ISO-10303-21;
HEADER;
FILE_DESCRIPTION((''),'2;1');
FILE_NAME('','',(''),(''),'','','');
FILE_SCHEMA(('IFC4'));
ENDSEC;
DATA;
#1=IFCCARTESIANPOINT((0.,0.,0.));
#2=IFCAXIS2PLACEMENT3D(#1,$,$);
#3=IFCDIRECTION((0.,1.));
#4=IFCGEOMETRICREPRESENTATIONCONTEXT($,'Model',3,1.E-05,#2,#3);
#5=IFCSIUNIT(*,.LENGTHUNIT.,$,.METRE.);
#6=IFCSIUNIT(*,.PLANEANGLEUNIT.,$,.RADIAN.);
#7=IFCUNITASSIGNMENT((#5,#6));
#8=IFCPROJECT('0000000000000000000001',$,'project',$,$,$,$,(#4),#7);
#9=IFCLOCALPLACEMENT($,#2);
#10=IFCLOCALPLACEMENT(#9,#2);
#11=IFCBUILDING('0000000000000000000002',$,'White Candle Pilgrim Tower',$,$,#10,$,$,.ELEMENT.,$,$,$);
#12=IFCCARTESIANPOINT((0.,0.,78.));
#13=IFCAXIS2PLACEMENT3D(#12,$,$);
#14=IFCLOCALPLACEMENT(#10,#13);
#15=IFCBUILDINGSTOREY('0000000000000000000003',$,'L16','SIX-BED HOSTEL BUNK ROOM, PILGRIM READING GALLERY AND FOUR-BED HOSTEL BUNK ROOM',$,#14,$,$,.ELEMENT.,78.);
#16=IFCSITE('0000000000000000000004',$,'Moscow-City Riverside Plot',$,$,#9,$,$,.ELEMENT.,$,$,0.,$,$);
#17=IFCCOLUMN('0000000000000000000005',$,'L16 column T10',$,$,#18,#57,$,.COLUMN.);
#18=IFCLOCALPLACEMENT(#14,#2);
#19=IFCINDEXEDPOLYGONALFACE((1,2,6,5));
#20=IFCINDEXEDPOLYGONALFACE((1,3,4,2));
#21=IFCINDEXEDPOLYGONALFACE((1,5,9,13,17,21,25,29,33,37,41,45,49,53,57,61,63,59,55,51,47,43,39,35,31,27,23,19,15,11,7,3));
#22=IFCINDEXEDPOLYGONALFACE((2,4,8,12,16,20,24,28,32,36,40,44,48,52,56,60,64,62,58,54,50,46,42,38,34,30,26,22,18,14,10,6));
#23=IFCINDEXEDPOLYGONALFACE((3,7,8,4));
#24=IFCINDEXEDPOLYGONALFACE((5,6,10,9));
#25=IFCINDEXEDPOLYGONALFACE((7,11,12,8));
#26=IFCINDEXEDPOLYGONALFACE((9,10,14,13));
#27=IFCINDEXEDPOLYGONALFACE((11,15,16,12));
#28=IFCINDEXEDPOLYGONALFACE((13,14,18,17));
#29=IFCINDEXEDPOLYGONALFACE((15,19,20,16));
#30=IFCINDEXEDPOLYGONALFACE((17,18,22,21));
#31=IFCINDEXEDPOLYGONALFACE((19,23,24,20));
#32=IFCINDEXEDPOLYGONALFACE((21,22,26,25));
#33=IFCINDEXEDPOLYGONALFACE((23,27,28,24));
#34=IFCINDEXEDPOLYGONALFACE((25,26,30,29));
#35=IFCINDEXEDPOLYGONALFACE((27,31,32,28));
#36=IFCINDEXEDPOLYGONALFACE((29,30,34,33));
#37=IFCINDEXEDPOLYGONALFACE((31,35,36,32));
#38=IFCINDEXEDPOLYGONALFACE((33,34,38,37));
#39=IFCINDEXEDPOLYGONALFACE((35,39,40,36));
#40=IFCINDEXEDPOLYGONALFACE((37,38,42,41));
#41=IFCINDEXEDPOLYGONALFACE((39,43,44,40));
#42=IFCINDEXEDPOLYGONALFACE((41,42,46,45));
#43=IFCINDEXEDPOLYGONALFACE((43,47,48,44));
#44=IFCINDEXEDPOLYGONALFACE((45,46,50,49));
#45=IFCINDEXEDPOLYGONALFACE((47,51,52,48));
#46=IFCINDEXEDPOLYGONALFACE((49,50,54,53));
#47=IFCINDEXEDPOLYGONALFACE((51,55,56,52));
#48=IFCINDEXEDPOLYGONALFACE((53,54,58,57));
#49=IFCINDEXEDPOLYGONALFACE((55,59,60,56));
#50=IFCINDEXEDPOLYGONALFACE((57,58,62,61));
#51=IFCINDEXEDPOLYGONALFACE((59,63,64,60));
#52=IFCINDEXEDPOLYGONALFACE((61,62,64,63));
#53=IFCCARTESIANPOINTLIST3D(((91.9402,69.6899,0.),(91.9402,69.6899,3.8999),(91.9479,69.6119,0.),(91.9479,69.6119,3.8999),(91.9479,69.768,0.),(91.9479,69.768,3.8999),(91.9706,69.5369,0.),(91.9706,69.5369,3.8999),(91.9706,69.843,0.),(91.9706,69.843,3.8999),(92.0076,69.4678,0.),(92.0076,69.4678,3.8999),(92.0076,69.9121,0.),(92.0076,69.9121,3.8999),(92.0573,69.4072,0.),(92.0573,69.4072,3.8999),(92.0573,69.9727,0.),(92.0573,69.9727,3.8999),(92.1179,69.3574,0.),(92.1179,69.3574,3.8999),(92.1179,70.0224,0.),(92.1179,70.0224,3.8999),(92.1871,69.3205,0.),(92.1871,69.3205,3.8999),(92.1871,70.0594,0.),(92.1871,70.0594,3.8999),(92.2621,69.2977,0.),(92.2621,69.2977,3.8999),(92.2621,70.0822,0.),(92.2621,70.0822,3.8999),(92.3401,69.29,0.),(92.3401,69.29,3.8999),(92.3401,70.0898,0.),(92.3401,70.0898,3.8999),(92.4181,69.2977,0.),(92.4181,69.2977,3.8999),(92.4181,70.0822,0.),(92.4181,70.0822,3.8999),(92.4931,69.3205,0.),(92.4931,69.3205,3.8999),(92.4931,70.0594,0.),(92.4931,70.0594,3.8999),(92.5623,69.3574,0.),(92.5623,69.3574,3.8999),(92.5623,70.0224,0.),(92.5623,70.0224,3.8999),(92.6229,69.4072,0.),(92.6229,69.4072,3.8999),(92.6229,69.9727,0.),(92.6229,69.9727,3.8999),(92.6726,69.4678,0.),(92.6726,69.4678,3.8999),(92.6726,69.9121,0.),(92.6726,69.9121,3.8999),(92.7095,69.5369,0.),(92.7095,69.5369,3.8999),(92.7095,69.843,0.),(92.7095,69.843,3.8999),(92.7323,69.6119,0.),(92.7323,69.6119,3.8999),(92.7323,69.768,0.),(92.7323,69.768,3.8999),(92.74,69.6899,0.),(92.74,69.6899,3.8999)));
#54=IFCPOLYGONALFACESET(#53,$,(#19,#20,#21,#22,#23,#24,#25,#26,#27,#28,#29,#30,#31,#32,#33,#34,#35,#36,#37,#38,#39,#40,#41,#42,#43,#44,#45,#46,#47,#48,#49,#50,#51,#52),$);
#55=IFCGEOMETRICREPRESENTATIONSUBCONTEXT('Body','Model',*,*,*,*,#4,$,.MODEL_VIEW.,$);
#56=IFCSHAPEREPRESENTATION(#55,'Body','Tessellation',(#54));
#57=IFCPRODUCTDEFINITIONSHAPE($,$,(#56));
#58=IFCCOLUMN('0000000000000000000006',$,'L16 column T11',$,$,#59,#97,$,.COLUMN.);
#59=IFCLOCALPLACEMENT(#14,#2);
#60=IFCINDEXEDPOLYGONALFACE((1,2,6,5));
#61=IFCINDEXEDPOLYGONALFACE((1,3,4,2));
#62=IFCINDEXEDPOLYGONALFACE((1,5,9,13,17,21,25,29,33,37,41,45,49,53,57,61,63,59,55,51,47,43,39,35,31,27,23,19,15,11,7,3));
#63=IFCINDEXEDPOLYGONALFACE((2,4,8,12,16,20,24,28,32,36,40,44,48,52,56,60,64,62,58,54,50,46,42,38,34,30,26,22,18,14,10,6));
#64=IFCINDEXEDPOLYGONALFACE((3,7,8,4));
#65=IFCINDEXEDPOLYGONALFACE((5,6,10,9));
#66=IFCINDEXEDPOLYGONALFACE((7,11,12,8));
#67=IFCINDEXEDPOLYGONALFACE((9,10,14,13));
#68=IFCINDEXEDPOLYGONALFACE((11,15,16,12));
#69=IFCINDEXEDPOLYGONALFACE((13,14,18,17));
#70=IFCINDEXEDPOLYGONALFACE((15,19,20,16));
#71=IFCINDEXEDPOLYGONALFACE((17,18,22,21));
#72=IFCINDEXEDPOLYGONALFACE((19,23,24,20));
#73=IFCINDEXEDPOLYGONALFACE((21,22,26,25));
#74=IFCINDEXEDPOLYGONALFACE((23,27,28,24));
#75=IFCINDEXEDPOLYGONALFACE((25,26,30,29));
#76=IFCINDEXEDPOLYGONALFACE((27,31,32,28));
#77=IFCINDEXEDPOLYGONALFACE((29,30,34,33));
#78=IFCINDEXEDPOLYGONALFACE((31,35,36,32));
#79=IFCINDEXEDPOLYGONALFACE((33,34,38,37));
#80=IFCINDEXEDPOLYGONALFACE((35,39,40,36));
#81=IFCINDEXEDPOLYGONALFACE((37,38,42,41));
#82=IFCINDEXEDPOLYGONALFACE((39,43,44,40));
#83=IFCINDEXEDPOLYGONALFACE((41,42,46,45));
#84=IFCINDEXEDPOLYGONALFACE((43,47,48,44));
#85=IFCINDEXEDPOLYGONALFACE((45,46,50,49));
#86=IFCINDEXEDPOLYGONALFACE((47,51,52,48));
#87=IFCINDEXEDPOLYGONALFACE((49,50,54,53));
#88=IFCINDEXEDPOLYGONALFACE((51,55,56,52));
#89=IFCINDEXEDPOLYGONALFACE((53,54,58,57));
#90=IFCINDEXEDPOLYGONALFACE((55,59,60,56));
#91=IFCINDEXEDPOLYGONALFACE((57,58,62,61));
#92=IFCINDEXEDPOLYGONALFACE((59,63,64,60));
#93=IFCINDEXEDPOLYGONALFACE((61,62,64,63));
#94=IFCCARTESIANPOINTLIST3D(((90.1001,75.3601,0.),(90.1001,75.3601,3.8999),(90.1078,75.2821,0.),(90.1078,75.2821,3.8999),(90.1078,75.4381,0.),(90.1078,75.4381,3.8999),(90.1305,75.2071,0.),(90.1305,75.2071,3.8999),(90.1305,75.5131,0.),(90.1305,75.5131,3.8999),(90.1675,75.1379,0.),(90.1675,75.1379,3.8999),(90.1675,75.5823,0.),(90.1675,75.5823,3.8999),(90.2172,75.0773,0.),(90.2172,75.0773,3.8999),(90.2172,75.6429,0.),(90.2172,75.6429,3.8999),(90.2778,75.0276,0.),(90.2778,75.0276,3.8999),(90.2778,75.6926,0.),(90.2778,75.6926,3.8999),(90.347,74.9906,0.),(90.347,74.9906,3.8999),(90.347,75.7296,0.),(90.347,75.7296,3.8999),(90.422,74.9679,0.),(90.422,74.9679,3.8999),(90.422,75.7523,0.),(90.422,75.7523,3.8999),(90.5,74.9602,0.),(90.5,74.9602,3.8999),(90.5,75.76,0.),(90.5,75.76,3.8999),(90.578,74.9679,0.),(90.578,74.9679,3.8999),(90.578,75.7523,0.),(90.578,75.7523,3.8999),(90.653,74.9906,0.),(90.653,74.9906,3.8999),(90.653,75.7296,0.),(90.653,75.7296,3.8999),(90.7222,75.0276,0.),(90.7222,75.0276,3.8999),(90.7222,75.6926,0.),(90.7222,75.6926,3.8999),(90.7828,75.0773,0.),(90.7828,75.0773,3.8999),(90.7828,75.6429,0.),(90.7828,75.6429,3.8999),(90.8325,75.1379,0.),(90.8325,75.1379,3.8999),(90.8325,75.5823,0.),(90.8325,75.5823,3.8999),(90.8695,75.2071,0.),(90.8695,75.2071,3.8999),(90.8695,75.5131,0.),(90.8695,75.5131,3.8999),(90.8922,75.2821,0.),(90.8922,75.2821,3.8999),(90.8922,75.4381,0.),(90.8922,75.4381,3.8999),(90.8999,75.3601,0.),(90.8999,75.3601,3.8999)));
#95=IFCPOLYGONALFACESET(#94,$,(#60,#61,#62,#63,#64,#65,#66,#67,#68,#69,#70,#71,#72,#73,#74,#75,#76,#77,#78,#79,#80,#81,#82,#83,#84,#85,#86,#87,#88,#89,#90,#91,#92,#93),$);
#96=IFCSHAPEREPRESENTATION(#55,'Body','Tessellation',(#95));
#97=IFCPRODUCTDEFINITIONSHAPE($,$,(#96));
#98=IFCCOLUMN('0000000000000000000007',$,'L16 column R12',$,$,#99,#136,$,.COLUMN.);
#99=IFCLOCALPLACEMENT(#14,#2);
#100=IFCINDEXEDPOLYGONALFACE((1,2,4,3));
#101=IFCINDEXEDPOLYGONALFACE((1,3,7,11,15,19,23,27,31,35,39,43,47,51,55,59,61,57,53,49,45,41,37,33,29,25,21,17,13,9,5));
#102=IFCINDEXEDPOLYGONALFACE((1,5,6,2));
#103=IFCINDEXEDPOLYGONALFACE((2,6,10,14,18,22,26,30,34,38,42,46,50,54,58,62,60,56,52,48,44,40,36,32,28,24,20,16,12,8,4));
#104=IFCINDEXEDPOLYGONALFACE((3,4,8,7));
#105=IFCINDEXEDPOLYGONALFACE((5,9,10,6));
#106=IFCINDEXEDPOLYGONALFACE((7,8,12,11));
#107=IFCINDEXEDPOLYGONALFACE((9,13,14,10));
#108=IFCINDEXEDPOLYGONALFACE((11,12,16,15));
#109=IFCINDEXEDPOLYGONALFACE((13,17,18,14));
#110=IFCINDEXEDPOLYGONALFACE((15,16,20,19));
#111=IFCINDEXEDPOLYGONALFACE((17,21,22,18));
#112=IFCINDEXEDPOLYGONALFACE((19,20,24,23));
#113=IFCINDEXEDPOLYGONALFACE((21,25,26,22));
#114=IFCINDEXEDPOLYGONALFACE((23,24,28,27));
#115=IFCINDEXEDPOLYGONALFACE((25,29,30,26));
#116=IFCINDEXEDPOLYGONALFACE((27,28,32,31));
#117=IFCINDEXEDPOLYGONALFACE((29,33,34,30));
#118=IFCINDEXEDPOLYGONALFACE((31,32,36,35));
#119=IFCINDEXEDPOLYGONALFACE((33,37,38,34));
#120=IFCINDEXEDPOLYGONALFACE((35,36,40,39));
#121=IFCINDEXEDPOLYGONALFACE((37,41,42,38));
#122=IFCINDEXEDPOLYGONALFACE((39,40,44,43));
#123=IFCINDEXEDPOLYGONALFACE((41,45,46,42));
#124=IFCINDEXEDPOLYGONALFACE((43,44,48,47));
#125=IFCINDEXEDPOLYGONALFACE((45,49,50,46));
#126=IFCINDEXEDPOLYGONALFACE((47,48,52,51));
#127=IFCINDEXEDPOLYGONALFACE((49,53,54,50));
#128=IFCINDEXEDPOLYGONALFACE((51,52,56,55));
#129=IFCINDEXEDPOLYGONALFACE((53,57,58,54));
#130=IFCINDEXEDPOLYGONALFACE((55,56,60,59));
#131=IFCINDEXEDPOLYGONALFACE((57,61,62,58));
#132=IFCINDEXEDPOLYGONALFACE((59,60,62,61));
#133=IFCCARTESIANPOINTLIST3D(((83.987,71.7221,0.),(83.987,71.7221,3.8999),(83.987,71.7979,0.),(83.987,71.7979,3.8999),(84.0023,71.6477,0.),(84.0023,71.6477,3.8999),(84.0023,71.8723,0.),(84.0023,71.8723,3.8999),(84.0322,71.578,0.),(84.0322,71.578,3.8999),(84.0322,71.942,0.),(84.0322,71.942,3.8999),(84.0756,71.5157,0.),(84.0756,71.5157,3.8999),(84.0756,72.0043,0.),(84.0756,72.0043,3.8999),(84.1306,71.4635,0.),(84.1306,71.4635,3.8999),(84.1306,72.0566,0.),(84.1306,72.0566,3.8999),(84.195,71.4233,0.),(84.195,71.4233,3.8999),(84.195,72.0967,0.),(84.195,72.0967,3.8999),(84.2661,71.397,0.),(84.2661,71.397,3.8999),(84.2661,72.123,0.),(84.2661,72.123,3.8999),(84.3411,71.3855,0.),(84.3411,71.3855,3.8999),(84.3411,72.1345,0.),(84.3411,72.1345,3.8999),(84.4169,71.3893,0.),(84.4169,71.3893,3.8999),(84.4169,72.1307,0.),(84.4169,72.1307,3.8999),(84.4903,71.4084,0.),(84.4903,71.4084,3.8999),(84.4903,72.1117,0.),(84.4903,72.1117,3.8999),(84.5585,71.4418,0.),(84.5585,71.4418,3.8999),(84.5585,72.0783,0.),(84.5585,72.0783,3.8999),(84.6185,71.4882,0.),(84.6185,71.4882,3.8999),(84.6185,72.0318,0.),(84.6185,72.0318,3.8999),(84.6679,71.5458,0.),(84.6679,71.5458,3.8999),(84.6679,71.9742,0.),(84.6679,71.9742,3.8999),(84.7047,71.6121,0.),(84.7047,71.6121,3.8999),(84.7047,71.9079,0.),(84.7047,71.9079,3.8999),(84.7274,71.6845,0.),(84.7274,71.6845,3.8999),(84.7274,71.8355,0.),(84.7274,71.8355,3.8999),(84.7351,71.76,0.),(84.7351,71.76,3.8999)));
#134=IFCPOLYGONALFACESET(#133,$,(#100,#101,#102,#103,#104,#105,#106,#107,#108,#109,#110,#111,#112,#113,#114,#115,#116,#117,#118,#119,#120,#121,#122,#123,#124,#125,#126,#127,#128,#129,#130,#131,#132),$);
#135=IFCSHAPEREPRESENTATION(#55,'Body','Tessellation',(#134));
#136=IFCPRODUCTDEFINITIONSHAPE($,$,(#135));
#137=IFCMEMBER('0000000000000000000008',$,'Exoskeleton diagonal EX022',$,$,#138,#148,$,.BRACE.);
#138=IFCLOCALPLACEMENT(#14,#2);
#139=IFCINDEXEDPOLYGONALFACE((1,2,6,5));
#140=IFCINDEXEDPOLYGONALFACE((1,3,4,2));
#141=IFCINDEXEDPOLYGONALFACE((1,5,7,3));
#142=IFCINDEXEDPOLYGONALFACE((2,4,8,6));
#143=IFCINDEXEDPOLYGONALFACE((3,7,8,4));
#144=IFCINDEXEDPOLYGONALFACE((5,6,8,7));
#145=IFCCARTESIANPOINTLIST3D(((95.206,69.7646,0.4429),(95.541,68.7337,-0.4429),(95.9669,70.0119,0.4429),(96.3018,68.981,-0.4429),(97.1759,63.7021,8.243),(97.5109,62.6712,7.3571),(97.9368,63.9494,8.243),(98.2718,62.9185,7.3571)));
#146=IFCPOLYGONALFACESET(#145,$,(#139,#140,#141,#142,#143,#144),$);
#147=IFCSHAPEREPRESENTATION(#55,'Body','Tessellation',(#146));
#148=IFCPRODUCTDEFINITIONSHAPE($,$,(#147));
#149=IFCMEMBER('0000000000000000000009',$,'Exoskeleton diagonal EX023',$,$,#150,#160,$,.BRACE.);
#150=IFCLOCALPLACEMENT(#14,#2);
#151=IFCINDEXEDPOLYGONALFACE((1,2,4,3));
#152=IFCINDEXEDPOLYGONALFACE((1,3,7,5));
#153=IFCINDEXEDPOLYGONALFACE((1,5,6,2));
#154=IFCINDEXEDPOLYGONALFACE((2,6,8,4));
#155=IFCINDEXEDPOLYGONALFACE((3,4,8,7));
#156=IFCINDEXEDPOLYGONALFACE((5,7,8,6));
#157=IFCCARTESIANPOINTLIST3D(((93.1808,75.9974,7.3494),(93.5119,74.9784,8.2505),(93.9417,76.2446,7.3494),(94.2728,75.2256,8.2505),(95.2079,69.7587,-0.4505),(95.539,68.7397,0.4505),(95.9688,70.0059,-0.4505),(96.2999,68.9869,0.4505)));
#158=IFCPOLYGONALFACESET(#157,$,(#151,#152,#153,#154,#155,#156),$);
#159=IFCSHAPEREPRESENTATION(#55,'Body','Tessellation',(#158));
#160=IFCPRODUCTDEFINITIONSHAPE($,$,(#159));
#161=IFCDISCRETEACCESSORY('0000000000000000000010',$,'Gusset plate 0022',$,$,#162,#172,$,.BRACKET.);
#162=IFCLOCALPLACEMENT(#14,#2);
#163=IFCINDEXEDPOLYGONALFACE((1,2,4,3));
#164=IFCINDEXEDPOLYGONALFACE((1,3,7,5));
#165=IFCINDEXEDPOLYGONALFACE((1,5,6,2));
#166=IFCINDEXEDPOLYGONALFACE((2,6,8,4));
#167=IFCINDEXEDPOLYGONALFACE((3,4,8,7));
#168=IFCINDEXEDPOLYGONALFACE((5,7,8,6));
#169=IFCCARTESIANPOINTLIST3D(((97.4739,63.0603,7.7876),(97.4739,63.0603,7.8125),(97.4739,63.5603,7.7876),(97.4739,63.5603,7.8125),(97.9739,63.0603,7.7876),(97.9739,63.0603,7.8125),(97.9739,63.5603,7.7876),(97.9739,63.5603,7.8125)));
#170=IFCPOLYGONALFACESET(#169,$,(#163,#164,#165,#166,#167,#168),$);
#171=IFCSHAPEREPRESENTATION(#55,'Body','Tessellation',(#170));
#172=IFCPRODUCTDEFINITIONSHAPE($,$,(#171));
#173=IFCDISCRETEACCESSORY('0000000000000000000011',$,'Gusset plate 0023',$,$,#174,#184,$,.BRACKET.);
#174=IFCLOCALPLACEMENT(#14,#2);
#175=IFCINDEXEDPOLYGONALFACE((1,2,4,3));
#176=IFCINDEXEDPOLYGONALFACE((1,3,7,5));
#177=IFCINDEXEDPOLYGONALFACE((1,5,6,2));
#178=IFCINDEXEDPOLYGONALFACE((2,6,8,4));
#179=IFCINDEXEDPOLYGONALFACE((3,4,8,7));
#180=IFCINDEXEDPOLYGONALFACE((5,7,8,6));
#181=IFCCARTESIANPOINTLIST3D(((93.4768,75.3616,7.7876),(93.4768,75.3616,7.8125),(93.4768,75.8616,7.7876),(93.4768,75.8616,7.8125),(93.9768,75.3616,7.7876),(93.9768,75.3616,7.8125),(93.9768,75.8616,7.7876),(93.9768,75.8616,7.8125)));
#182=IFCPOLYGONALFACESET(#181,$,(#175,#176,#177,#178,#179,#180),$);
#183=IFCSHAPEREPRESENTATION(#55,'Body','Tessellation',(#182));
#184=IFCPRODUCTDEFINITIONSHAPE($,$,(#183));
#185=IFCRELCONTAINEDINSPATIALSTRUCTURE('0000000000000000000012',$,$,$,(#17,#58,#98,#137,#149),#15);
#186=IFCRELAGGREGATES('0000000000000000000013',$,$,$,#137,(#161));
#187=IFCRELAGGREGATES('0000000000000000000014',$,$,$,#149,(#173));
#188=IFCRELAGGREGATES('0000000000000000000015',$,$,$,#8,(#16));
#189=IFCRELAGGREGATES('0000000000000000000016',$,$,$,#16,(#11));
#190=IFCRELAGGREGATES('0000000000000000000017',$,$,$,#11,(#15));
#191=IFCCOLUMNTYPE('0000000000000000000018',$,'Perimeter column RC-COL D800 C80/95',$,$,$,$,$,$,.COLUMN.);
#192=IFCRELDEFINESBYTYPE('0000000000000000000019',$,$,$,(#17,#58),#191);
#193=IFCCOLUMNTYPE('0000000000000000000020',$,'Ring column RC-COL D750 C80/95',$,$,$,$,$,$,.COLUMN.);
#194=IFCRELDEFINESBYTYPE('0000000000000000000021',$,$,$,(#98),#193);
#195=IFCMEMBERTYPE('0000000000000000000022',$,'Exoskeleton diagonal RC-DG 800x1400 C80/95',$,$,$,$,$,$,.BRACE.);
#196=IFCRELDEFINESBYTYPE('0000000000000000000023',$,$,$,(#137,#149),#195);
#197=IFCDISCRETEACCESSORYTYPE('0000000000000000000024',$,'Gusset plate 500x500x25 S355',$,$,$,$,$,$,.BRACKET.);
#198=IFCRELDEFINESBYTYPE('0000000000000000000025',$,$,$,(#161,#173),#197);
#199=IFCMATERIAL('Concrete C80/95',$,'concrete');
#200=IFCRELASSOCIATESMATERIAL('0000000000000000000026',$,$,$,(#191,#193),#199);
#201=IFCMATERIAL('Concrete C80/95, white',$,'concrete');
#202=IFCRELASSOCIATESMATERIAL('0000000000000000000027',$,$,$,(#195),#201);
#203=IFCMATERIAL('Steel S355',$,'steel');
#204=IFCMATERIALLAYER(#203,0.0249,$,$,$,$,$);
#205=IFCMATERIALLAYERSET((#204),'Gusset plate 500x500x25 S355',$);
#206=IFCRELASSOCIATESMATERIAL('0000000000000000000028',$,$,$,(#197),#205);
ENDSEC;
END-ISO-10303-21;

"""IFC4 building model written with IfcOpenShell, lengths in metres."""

from ifc_helpers import new_model, si_unit, direction, frame, origin, origin_2d, place, context, subcontext, project, spatial, rectangle, circle, extrude, material, layer, layer_set, material_profile, profile_set, type_object, element, aggregate, save


model = new_model("IFC4")

# Units and contexts
model_context = context("Model", 3, precision=1e-05, world=origin(), true_north=direction((0.0, 1.0)))
body_context = subcontext(model_context, "Body", "Model", "MODEL_VIEW")
ifc_project = project(units=[si_unit("LENGTHUNIT", "METRE"), si_unit("PLANEANGLEUNIT", "RADIAN")], contexts=[model_context])

# Site, building, storey
site_placement = place(None, origin())
site = spatial("IfcSite", under=ifc_project, at=site_placement, Name="Moscow-City Riverside Plot", CompositionType="ELEMENT", RefElevation=0.0)
building_placement = place(site_placement, origin())
building = spatial("IfcBuilding", under=site, at=building_placement, Name="White Candle Pilgrim Tower", CompositionType="ELEMENT")
storey_placement = place(building_placement, frame((0.0, 0.0, 78.0)))
storey = spatial("IfcBuildingStorey", under=building, at=storey_placement, Name="L16", Description="SIX-BED HOSTEL BUNK ROOM, PILGRIM READING GALLERY AND FOUR-BED HOSTEL BUNK ROOM", CompositionType="ELEMENT", Elevation=78.0)

# Columns
ifc_material_1 = material(Name="Concrete C80/95", Category="concrete")
ifc_material_profile_1 = material_profile(ifc_material_1, circle(Radius=0.3999, at=origin_2d()), Name="RC-COL D800")
ifc_profile_set_1 = profile_set([ifc_material_profile_1], Name="Concrete C80/95")
column_type_1 = type_object("IfcColumnType", Name="Perimeter column RC-COL D800 C80/95", PredefinedType="COLUMN", material=ifc_profile_set_1)
for number, where, z_axis, x_axis, name in (
    (1, (92.3401, 69.6899, 0.0), (0.0, 0.0, 1.0), (1.0, 0.0, 0.0), "L16 column T10"),
    (2, (90.5, 75.3601, 0.0), (0.0, 0.0, 1.0), (1.0, 0.0, 0.0), "L16 column T11"),
):
    element("IfcColumn", number, at=place(storey_placement, frame(where, z_axis=z_axis, x_axis=x_axis)), inside=storey, type_object=column_type_1, Name=name, PredefinedType="COLUMN", context=body_context, shape_type="SweptSolid", body=[
        extrude(circle(Radius=0.3999, at=origin_2d()), origin(), (0.0, 0.0, 1.0), 3.8999),
    ])
ifc_material_profile_2 = material_profile(ifc_material_1, circle(Radius=0.375, at=origin_2d()), Name="RC-COL D750")
ifc_profile_set_2 = profile_set([ifc_material_profile_2], Name="Concrete C80/95")
column_type_2 = type_object("IfcColumnType", Name="Ring column RC-COL D750 C80/95", PredefinedType="COLUMN", material=ifc_profile_set_2)
column_placement = place(storey_placement, frame((84.3601, 71.76, 0.0), z_axis=(0.0, 0.0, 1.0), x_axis=(1.0, 0.0, 0.0)))
element("IfcColumn", 3, at=column_placement, inside=storey, type_object=column_type_2, Name="L16 column R12", PredefinedType="COLUMN", context=body_context, shape_type="SweptSolid", body=[
    extrude(circle(Radius=0.375, at=origin_2d()), origin(), (0.0, 0.0, 1.0), 3.8999),
])

# Members
ifc_material_2 = material(Name="Concrete C80/95, white", Category="concrete")
ifc_material_profile_3 = material_profile(ifc_material_2, rectangle(XDim=0.8, YDim=1.3999, at=origin_2d()), Name="RC-DG 800x1400")
ifc_profile_set_3 = profile_set([ifc_material_profile_3], Name="Concrete C80/95, white")
member_type_1 = type_object("IfcMemberType", Name="Exoskeleton diagonal RC-DG 800x1400 C80/95", PredefinedType="BRACE", material=ifc_profile_set_3)
member_1_placement = place(storey_placement, frame((95.7539, 69.3728, 0.0), z_axis=(0.19556, -0.601826, 0.774313), x_axis=(0.95105, 0.309038, 0.0)))
member_1 = element("IfcMember", 4, at=member_1_placement, inside=storey, type_object=member_type_1, Name="Exoskeleton diagonal EX022", PredefinedType="BRACE", context=body_context, shape_type="SweptSolid", body=[
    extrude(rectangle(XDim=0.8, YDim=1.3999, at=origin_2d()), origin(), (0.0, 0.0, 1.0), 10.0735),
])
member_2_placement = place(storey_placement, frame((95.7539, 69.3728, 0.0), z_axis=(-0.198896, 0.612138, 0.765328), x_axis=(-0.951056, -0.309017, 0.0)))
member_2 = element("IfcMember", 5, at=member_2_placement, inside=storey, type_object=member_type_1, Name="Exoskeleton diagonal EX023", PredefinedType="BRACE", context=body_context, shape_type="SweptSolid", body=[
    extrude(rectangle(XDim=0.8, YDim=1.3999, at=origin_2d()), origin(), (0.0, 0.0, 1.0), 10.1917),
])

# Discrete accessories
ifc_material_3 = material(Name="Steel S355", Category="steel")
ifc_layer_1 = layer(ifc_material_3, 0.0249)
ifc_layer_set_1 = layer_set([ifc_layer_1], Name="Gusset plate 500x500x25 S355")
discrete_accessory_type = type_object("IfcDiscreteAccessoryType", Name="Gusset plate 500x500x25 S355", PredefinedType="BRACKET", material=ifc_layer_set_1)
placement = place(building_placement, frame((0.0, 0.0, 85.8)))
discrete_accessory_1_placement = place(placement, frame((97.7239, 63.3103, -0.0125), z_axis=(0.0, 0.0, 1.0), x_axis=(1.0, 0.0, 0.0)))
discrete_accessory_1 = element("IfcDiscreteAccessory", 6, at=discrete_accessory_1_placement, type_object=discrete_accessory_type, Name="Gusset plate 0022", PredefinedType="BRACKET", context=body_context, shape_type="SweptSolid", body=[
    extrude(rectangle(XDim=0.5, YDim=0.5, at=origin_2d()), origin(), (0.0, 0.0, 1.0), 0.0249),
])
aggregate(member_1, [discrete_accessory_1])
discrete_accessory_2_placement = place(placement, frame((93.7268, 75.6116, -0.0125), z_axis=(0.0, 0.0, 1.0), x_axis=(1.0, 0.0, 0.0)))
discrete_accessory_2 = element("IfcDiscreteAccessory", 7, at=discrete_accessory_2_placement, type_object=discrete_accessory_type, Name="Gusset plate 0023", PredefinedType="BRACKET", context=body_context, shape_type="SweptSolid", body=[
    extrude(rectangle(XDim=0.5, YDim=0.5, at=origin_2d()), origin(), (0.0, 0.0, 1.0), 0.0249),
])
aggregate(member_2, [discrete_accessory_2])

save(model, "model.ifc")
